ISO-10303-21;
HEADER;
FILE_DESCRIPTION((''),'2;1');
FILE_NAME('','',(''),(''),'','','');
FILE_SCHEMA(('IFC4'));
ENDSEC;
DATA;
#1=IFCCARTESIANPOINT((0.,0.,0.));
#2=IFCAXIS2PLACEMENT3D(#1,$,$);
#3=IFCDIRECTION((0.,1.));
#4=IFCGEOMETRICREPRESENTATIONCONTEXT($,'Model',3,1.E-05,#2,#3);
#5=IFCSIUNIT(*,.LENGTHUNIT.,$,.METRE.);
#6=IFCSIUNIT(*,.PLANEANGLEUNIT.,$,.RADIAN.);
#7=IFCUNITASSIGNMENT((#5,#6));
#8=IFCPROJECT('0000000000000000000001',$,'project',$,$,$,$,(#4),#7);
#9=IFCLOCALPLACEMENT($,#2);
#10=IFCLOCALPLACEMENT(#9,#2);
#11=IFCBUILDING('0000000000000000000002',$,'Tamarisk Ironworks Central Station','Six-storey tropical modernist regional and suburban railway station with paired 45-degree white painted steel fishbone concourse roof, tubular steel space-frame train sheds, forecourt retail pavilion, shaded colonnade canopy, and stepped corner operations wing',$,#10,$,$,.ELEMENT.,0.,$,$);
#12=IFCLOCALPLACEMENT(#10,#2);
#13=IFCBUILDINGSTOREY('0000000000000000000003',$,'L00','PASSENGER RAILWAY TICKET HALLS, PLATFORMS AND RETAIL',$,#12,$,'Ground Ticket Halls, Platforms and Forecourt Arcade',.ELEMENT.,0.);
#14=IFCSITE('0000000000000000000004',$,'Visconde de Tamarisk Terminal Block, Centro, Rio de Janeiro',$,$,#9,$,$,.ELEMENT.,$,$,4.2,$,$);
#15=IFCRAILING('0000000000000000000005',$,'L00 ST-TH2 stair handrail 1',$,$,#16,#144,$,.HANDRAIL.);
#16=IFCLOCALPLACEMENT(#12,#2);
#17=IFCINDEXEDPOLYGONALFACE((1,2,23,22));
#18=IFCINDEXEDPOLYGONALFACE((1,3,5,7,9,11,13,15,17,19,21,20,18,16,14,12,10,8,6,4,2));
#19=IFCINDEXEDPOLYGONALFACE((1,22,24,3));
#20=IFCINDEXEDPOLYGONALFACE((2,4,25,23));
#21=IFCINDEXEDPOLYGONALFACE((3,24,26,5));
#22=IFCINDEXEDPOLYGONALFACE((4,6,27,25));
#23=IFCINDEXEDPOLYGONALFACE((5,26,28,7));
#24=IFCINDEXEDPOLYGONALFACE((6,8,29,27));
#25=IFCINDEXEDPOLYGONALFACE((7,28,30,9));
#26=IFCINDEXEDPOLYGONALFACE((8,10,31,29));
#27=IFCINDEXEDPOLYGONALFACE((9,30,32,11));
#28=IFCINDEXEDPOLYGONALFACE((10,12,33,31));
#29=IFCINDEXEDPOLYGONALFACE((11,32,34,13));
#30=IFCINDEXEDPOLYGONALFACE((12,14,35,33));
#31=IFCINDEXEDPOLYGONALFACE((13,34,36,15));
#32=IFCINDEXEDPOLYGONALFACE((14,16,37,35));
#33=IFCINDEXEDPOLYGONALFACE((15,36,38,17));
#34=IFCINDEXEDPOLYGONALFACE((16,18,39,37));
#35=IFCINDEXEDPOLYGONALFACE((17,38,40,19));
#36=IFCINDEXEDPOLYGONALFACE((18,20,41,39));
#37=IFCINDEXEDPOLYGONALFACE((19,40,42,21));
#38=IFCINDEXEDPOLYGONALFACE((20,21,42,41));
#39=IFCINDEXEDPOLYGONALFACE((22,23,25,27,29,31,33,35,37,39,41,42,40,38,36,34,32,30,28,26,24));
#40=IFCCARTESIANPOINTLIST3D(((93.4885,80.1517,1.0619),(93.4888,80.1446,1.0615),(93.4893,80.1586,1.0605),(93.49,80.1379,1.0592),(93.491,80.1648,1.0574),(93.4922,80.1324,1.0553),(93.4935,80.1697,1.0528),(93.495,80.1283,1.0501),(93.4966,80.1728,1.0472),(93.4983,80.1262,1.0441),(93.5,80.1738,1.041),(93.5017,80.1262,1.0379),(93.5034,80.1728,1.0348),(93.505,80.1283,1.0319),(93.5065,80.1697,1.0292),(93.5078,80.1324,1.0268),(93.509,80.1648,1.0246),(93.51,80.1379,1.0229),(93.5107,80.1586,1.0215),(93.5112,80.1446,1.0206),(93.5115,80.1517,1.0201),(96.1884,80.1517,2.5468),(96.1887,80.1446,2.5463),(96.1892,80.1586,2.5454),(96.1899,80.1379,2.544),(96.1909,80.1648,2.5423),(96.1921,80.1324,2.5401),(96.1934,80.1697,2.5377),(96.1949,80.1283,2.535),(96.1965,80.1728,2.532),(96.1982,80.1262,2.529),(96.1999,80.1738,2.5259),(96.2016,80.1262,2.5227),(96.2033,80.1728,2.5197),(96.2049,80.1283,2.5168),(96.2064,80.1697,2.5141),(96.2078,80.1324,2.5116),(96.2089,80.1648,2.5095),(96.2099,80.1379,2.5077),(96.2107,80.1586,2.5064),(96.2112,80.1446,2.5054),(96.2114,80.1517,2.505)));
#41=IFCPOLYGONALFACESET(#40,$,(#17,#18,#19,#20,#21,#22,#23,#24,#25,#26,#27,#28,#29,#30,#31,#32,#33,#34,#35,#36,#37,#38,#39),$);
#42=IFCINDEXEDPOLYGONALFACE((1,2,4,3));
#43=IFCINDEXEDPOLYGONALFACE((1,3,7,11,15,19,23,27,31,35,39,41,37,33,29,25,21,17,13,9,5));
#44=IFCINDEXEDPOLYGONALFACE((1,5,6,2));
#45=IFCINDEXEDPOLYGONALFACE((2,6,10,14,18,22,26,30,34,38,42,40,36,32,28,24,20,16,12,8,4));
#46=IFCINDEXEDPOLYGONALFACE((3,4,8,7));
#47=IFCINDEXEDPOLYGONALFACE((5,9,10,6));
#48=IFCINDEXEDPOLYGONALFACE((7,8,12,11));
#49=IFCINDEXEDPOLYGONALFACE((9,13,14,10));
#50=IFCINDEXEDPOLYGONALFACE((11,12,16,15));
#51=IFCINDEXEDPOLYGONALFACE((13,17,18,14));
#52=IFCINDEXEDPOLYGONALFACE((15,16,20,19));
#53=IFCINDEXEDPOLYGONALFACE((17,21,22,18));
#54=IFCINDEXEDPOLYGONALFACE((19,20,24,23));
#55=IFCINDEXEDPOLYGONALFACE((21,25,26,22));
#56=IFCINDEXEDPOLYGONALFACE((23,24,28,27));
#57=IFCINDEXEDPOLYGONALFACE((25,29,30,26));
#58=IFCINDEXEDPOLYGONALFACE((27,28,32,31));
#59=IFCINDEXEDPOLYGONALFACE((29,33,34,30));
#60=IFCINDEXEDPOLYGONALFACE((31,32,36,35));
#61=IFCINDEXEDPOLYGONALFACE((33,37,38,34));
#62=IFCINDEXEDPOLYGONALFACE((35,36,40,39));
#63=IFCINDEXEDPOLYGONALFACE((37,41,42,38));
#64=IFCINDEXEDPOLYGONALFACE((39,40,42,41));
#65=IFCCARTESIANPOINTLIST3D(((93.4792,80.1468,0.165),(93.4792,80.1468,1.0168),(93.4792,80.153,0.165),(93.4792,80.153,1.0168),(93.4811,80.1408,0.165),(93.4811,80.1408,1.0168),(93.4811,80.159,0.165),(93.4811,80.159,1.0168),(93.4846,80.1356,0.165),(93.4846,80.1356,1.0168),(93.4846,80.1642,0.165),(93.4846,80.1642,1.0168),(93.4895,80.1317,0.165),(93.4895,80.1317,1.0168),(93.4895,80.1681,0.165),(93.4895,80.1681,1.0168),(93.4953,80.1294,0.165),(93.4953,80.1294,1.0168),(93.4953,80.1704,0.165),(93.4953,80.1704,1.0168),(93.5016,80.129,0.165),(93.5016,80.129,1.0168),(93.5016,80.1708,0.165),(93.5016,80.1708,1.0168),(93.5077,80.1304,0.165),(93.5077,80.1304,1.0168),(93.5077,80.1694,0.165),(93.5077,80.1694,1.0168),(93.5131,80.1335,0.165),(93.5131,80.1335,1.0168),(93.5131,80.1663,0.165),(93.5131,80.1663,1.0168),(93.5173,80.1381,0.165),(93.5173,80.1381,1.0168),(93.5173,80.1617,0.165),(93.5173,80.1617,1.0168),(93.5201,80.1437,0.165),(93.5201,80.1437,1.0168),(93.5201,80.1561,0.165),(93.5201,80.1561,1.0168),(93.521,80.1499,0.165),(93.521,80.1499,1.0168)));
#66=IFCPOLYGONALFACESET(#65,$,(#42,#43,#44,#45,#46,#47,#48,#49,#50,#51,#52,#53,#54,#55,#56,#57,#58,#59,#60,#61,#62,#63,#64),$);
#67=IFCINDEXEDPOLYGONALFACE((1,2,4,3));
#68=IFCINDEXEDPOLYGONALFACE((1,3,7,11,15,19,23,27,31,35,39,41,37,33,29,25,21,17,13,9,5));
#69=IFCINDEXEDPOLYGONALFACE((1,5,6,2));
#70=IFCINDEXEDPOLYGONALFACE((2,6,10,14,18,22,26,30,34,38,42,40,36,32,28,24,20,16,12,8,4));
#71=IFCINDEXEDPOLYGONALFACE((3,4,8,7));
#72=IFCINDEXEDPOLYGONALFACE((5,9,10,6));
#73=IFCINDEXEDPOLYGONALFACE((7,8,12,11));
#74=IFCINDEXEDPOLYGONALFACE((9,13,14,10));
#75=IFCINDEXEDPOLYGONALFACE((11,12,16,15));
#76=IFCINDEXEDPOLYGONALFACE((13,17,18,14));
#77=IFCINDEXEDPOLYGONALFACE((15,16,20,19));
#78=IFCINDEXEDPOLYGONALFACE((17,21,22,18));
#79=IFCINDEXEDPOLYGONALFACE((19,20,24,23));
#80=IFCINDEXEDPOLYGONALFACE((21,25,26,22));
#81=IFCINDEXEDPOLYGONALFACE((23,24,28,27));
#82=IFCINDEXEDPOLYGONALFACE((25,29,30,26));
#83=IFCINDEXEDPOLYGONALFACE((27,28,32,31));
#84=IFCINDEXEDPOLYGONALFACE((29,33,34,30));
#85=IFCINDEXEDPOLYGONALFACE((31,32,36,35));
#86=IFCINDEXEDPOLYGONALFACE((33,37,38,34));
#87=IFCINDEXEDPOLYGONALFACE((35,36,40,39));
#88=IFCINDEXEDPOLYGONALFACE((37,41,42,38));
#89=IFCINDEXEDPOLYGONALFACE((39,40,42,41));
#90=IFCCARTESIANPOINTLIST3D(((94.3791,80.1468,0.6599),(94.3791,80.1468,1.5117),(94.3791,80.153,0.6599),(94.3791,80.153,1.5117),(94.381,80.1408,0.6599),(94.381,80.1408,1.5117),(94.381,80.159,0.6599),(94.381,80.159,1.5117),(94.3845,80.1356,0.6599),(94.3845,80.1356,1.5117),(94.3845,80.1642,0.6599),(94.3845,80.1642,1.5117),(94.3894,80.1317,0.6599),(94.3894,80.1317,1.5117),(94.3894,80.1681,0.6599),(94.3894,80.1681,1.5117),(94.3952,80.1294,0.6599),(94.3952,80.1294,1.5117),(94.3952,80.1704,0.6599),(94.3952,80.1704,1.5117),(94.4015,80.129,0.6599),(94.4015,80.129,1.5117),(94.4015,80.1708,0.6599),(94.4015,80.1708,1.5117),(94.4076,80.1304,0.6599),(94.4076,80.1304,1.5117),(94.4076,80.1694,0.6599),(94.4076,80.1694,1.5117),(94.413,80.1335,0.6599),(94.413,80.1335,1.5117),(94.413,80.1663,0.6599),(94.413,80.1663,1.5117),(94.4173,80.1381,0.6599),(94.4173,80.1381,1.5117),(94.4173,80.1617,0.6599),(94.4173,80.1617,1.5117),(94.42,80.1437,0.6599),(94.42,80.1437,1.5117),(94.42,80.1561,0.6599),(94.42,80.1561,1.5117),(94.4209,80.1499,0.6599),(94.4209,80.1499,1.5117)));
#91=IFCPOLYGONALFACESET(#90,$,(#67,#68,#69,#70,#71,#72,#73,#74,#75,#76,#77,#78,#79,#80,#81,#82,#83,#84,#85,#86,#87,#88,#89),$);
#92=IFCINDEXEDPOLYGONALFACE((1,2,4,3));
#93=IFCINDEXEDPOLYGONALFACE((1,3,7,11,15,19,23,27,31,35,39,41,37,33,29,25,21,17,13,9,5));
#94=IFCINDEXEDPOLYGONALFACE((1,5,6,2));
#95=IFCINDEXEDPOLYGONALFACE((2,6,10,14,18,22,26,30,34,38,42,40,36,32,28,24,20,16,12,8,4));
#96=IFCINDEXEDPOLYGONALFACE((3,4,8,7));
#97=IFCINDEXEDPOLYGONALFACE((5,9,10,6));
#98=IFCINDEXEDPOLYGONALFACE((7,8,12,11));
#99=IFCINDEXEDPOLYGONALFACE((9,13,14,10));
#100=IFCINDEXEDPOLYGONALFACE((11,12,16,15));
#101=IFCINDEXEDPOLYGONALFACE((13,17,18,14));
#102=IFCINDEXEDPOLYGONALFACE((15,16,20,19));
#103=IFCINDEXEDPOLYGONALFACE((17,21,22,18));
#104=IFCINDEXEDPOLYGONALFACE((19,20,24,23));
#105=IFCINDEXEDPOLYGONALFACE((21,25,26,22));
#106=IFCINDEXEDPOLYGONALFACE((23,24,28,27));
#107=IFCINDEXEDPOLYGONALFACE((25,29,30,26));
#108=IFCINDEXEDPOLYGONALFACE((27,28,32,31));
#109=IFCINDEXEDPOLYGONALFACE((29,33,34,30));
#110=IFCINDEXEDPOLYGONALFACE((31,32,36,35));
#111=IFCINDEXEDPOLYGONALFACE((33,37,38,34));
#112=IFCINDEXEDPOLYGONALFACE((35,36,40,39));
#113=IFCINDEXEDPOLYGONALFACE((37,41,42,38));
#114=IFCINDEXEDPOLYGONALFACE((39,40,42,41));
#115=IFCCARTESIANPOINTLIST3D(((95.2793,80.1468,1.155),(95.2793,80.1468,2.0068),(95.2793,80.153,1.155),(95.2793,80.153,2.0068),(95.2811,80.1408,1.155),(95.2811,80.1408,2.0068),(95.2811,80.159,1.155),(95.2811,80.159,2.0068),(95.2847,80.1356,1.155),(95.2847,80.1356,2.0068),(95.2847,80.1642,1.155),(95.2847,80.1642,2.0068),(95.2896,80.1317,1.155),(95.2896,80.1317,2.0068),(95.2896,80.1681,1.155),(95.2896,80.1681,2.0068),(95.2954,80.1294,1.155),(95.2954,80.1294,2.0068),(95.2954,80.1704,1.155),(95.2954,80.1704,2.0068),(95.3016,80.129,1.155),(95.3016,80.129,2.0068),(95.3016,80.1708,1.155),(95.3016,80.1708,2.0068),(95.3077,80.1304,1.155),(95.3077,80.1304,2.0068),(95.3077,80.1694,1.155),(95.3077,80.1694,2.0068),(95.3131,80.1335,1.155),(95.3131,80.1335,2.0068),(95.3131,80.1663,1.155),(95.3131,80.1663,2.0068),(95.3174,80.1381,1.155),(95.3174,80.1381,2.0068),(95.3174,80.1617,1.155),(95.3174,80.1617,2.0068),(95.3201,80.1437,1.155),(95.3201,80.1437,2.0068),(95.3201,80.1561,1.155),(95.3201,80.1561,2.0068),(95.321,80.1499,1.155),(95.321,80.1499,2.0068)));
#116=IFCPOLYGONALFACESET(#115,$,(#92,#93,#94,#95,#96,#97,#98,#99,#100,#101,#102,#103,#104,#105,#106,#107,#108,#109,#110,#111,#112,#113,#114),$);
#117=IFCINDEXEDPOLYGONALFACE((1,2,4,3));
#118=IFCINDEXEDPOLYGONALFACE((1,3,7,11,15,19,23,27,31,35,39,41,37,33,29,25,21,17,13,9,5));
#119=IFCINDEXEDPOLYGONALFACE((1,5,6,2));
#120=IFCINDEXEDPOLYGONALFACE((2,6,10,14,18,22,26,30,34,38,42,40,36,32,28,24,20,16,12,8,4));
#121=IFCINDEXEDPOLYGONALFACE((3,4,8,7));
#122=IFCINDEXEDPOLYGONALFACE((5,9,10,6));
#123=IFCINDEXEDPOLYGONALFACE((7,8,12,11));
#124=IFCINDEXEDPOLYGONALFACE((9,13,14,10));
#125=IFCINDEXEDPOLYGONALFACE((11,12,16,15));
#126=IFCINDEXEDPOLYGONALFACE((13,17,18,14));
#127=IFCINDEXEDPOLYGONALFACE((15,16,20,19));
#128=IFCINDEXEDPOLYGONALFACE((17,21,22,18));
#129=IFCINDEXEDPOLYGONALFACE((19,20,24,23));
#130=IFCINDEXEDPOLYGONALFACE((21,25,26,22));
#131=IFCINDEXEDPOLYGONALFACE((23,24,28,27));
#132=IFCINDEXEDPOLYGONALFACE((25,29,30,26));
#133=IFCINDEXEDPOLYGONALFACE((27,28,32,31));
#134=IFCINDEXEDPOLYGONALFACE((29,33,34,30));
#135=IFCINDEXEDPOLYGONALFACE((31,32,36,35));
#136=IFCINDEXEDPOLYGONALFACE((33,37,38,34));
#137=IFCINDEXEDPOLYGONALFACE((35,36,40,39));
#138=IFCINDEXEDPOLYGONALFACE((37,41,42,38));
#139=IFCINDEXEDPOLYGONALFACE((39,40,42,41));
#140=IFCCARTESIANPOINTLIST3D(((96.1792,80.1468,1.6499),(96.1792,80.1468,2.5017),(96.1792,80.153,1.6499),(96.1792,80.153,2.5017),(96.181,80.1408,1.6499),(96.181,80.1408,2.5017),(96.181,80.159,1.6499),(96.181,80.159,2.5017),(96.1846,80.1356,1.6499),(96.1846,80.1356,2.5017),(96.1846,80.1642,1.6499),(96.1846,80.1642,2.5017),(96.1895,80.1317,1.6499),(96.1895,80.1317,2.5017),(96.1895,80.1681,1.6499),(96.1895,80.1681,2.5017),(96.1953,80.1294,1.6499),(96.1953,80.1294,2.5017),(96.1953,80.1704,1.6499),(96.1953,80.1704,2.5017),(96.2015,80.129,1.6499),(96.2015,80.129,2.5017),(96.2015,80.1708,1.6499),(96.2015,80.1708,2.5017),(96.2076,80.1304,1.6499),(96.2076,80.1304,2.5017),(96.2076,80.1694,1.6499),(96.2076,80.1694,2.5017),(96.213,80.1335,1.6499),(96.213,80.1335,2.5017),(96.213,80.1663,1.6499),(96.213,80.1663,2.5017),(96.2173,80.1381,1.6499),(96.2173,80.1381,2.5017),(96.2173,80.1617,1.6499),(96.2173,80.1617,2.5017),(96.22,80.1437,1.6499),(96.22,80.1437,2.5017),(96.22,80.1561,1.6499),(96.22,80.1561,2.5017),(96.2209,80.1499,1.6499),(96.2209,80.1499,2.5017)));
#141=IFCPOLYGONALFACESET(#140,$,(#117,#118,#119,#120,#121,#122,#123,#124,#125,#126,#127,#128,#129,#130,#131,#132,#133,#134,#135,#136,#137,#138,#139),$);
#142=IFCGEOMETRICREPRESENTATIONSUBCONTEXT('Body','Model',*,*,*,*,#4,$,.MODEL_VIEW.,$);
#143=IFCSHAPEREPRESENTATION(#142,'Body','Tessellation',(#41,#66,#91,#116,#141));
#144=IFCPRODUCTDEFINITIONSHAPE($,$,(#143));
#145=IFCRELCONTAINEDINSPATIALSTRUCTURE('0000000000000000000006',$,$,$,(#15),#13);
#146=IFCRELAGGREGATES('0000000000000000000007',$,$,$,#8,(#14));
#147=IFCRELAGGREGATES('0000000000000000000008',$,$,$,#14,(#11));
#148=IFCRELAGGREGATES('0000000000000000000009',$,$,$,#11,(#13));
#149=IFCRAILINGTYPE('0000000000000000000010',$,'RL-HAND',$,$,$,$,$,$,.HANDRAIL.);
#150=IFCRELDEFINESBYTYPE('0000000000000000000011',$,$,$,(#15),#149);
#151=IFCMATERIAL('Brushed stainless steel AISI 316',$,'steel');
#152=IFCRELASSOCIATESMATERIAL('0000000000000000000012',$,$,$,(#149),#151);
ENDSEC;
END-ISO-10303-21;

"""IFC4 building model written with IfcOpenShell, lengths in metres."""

from ifc_helpers import new_model, si_unit, direction, frame, origin, origin_2d, place, context, subcontext, project, spatial, circle, extrude, material, type_object, element, save


model = new_model("IFC4")

# Units and contexts
model_context = context("Model", 3, precision=1e-05, world=origin(), true_north=direction((0.0, 1.0)))
body_context = subcontext(model_context, "Body", "Model", "MODEL_VIEW")
ifc_project = project(units=[si_unit("LENGTHUNIT", "METRE"), si_unit("PLANEANGLEUNIT", "RADIAN")], contexts=[model_context])

# Site, building, storey
site_placement = place(None, origin())
site = spatial("IfcSite", under=ifc_project, at=site_placement, Name="Visconde de Tamarisk Terminal Block, Centro, Rio de Janeiro", CompositionType="ELEMENT", RefElevation=4.2)
building_placement = place(site_placement, origin())
building = spatial("IfcBuilding", under=site, at=building_placement, Name="Tamarisk Ironworks Central Station", Description="Six-storey tropical modernist regional and suburban railway station with paired 45-degree white painted steel fishbone concourse roof, tubular steel space-frame train sheds, forecourt retail pavilion, shaded colonnade canopy, and stepped corner operations wing", CompositionType="ELEMENT", ElevationOfRefHeight=0.0)
storey_placement = place(building_placement, origin())
storey = spatial("IfcBuildingStorey", under=building, at=storey_placement, Name="L00", Description="PASSENGER RAILWAY TICKET HALLS, PLATFORMS AND RETAIL", LongName="Ground Ticket Halls, Platforms and Forecourt Arcade", CompositionType="ELEMENT", Elevation=0.0)

# Railing
ifc_material_1 = material(Name="Brushed stainless steel AISI 316", Category="steel")
railing_type_1 = type_object("IfcRailingType", Name="RL-HAND", PredefinedType="HANDRAIL", material=ifc_material_1)
for number, where, name in (
    (1, (93.5, 80.1499, 0.165), "L00 ST-TH2 stair handrail 1"),
):
    element("IfcRailing", number, at=place(storey_placement, frame(where)), inside=storey, type_object=railing_type_1, Name=name, PredefinedType="HANDRAIL", context=body_context, shape_type="SweptSolid", body=[
        extrude(circle(Radius=0.0239, at=origin_2d()), frame((0.0, 0.0, 0.876), z_axis=(0.876231, 0.0, 0.481891), x_axis=(0.0, 1.0, 0.0)), (0.0, 0.0, 1.0), 3.0813),
        extrude(circle(Radius=0.021, at=origin_2d()), origin(), (0.0, 0.0, 1.0), 0.8518),
        extrude(circle(Radius=0.021, at=origin_2d()), frame((0.8999, 0.0, 0.4949)), (0.0, 0.0, 1.0), 0.8518),
        extrude(circle(Radius=0.021, at=origin_2d()), frame((1.8, 0.0, 0.99)), (0.0, 0.0, 1.0), 0.8518),
        extrude(circle(Radius=0.021, at=origin_2d()), frame((2.7, 0.0, 1.4849)), (0.0, 0.0, 1.0), 0.8518),
    ])

save(model, "model.ifc")
